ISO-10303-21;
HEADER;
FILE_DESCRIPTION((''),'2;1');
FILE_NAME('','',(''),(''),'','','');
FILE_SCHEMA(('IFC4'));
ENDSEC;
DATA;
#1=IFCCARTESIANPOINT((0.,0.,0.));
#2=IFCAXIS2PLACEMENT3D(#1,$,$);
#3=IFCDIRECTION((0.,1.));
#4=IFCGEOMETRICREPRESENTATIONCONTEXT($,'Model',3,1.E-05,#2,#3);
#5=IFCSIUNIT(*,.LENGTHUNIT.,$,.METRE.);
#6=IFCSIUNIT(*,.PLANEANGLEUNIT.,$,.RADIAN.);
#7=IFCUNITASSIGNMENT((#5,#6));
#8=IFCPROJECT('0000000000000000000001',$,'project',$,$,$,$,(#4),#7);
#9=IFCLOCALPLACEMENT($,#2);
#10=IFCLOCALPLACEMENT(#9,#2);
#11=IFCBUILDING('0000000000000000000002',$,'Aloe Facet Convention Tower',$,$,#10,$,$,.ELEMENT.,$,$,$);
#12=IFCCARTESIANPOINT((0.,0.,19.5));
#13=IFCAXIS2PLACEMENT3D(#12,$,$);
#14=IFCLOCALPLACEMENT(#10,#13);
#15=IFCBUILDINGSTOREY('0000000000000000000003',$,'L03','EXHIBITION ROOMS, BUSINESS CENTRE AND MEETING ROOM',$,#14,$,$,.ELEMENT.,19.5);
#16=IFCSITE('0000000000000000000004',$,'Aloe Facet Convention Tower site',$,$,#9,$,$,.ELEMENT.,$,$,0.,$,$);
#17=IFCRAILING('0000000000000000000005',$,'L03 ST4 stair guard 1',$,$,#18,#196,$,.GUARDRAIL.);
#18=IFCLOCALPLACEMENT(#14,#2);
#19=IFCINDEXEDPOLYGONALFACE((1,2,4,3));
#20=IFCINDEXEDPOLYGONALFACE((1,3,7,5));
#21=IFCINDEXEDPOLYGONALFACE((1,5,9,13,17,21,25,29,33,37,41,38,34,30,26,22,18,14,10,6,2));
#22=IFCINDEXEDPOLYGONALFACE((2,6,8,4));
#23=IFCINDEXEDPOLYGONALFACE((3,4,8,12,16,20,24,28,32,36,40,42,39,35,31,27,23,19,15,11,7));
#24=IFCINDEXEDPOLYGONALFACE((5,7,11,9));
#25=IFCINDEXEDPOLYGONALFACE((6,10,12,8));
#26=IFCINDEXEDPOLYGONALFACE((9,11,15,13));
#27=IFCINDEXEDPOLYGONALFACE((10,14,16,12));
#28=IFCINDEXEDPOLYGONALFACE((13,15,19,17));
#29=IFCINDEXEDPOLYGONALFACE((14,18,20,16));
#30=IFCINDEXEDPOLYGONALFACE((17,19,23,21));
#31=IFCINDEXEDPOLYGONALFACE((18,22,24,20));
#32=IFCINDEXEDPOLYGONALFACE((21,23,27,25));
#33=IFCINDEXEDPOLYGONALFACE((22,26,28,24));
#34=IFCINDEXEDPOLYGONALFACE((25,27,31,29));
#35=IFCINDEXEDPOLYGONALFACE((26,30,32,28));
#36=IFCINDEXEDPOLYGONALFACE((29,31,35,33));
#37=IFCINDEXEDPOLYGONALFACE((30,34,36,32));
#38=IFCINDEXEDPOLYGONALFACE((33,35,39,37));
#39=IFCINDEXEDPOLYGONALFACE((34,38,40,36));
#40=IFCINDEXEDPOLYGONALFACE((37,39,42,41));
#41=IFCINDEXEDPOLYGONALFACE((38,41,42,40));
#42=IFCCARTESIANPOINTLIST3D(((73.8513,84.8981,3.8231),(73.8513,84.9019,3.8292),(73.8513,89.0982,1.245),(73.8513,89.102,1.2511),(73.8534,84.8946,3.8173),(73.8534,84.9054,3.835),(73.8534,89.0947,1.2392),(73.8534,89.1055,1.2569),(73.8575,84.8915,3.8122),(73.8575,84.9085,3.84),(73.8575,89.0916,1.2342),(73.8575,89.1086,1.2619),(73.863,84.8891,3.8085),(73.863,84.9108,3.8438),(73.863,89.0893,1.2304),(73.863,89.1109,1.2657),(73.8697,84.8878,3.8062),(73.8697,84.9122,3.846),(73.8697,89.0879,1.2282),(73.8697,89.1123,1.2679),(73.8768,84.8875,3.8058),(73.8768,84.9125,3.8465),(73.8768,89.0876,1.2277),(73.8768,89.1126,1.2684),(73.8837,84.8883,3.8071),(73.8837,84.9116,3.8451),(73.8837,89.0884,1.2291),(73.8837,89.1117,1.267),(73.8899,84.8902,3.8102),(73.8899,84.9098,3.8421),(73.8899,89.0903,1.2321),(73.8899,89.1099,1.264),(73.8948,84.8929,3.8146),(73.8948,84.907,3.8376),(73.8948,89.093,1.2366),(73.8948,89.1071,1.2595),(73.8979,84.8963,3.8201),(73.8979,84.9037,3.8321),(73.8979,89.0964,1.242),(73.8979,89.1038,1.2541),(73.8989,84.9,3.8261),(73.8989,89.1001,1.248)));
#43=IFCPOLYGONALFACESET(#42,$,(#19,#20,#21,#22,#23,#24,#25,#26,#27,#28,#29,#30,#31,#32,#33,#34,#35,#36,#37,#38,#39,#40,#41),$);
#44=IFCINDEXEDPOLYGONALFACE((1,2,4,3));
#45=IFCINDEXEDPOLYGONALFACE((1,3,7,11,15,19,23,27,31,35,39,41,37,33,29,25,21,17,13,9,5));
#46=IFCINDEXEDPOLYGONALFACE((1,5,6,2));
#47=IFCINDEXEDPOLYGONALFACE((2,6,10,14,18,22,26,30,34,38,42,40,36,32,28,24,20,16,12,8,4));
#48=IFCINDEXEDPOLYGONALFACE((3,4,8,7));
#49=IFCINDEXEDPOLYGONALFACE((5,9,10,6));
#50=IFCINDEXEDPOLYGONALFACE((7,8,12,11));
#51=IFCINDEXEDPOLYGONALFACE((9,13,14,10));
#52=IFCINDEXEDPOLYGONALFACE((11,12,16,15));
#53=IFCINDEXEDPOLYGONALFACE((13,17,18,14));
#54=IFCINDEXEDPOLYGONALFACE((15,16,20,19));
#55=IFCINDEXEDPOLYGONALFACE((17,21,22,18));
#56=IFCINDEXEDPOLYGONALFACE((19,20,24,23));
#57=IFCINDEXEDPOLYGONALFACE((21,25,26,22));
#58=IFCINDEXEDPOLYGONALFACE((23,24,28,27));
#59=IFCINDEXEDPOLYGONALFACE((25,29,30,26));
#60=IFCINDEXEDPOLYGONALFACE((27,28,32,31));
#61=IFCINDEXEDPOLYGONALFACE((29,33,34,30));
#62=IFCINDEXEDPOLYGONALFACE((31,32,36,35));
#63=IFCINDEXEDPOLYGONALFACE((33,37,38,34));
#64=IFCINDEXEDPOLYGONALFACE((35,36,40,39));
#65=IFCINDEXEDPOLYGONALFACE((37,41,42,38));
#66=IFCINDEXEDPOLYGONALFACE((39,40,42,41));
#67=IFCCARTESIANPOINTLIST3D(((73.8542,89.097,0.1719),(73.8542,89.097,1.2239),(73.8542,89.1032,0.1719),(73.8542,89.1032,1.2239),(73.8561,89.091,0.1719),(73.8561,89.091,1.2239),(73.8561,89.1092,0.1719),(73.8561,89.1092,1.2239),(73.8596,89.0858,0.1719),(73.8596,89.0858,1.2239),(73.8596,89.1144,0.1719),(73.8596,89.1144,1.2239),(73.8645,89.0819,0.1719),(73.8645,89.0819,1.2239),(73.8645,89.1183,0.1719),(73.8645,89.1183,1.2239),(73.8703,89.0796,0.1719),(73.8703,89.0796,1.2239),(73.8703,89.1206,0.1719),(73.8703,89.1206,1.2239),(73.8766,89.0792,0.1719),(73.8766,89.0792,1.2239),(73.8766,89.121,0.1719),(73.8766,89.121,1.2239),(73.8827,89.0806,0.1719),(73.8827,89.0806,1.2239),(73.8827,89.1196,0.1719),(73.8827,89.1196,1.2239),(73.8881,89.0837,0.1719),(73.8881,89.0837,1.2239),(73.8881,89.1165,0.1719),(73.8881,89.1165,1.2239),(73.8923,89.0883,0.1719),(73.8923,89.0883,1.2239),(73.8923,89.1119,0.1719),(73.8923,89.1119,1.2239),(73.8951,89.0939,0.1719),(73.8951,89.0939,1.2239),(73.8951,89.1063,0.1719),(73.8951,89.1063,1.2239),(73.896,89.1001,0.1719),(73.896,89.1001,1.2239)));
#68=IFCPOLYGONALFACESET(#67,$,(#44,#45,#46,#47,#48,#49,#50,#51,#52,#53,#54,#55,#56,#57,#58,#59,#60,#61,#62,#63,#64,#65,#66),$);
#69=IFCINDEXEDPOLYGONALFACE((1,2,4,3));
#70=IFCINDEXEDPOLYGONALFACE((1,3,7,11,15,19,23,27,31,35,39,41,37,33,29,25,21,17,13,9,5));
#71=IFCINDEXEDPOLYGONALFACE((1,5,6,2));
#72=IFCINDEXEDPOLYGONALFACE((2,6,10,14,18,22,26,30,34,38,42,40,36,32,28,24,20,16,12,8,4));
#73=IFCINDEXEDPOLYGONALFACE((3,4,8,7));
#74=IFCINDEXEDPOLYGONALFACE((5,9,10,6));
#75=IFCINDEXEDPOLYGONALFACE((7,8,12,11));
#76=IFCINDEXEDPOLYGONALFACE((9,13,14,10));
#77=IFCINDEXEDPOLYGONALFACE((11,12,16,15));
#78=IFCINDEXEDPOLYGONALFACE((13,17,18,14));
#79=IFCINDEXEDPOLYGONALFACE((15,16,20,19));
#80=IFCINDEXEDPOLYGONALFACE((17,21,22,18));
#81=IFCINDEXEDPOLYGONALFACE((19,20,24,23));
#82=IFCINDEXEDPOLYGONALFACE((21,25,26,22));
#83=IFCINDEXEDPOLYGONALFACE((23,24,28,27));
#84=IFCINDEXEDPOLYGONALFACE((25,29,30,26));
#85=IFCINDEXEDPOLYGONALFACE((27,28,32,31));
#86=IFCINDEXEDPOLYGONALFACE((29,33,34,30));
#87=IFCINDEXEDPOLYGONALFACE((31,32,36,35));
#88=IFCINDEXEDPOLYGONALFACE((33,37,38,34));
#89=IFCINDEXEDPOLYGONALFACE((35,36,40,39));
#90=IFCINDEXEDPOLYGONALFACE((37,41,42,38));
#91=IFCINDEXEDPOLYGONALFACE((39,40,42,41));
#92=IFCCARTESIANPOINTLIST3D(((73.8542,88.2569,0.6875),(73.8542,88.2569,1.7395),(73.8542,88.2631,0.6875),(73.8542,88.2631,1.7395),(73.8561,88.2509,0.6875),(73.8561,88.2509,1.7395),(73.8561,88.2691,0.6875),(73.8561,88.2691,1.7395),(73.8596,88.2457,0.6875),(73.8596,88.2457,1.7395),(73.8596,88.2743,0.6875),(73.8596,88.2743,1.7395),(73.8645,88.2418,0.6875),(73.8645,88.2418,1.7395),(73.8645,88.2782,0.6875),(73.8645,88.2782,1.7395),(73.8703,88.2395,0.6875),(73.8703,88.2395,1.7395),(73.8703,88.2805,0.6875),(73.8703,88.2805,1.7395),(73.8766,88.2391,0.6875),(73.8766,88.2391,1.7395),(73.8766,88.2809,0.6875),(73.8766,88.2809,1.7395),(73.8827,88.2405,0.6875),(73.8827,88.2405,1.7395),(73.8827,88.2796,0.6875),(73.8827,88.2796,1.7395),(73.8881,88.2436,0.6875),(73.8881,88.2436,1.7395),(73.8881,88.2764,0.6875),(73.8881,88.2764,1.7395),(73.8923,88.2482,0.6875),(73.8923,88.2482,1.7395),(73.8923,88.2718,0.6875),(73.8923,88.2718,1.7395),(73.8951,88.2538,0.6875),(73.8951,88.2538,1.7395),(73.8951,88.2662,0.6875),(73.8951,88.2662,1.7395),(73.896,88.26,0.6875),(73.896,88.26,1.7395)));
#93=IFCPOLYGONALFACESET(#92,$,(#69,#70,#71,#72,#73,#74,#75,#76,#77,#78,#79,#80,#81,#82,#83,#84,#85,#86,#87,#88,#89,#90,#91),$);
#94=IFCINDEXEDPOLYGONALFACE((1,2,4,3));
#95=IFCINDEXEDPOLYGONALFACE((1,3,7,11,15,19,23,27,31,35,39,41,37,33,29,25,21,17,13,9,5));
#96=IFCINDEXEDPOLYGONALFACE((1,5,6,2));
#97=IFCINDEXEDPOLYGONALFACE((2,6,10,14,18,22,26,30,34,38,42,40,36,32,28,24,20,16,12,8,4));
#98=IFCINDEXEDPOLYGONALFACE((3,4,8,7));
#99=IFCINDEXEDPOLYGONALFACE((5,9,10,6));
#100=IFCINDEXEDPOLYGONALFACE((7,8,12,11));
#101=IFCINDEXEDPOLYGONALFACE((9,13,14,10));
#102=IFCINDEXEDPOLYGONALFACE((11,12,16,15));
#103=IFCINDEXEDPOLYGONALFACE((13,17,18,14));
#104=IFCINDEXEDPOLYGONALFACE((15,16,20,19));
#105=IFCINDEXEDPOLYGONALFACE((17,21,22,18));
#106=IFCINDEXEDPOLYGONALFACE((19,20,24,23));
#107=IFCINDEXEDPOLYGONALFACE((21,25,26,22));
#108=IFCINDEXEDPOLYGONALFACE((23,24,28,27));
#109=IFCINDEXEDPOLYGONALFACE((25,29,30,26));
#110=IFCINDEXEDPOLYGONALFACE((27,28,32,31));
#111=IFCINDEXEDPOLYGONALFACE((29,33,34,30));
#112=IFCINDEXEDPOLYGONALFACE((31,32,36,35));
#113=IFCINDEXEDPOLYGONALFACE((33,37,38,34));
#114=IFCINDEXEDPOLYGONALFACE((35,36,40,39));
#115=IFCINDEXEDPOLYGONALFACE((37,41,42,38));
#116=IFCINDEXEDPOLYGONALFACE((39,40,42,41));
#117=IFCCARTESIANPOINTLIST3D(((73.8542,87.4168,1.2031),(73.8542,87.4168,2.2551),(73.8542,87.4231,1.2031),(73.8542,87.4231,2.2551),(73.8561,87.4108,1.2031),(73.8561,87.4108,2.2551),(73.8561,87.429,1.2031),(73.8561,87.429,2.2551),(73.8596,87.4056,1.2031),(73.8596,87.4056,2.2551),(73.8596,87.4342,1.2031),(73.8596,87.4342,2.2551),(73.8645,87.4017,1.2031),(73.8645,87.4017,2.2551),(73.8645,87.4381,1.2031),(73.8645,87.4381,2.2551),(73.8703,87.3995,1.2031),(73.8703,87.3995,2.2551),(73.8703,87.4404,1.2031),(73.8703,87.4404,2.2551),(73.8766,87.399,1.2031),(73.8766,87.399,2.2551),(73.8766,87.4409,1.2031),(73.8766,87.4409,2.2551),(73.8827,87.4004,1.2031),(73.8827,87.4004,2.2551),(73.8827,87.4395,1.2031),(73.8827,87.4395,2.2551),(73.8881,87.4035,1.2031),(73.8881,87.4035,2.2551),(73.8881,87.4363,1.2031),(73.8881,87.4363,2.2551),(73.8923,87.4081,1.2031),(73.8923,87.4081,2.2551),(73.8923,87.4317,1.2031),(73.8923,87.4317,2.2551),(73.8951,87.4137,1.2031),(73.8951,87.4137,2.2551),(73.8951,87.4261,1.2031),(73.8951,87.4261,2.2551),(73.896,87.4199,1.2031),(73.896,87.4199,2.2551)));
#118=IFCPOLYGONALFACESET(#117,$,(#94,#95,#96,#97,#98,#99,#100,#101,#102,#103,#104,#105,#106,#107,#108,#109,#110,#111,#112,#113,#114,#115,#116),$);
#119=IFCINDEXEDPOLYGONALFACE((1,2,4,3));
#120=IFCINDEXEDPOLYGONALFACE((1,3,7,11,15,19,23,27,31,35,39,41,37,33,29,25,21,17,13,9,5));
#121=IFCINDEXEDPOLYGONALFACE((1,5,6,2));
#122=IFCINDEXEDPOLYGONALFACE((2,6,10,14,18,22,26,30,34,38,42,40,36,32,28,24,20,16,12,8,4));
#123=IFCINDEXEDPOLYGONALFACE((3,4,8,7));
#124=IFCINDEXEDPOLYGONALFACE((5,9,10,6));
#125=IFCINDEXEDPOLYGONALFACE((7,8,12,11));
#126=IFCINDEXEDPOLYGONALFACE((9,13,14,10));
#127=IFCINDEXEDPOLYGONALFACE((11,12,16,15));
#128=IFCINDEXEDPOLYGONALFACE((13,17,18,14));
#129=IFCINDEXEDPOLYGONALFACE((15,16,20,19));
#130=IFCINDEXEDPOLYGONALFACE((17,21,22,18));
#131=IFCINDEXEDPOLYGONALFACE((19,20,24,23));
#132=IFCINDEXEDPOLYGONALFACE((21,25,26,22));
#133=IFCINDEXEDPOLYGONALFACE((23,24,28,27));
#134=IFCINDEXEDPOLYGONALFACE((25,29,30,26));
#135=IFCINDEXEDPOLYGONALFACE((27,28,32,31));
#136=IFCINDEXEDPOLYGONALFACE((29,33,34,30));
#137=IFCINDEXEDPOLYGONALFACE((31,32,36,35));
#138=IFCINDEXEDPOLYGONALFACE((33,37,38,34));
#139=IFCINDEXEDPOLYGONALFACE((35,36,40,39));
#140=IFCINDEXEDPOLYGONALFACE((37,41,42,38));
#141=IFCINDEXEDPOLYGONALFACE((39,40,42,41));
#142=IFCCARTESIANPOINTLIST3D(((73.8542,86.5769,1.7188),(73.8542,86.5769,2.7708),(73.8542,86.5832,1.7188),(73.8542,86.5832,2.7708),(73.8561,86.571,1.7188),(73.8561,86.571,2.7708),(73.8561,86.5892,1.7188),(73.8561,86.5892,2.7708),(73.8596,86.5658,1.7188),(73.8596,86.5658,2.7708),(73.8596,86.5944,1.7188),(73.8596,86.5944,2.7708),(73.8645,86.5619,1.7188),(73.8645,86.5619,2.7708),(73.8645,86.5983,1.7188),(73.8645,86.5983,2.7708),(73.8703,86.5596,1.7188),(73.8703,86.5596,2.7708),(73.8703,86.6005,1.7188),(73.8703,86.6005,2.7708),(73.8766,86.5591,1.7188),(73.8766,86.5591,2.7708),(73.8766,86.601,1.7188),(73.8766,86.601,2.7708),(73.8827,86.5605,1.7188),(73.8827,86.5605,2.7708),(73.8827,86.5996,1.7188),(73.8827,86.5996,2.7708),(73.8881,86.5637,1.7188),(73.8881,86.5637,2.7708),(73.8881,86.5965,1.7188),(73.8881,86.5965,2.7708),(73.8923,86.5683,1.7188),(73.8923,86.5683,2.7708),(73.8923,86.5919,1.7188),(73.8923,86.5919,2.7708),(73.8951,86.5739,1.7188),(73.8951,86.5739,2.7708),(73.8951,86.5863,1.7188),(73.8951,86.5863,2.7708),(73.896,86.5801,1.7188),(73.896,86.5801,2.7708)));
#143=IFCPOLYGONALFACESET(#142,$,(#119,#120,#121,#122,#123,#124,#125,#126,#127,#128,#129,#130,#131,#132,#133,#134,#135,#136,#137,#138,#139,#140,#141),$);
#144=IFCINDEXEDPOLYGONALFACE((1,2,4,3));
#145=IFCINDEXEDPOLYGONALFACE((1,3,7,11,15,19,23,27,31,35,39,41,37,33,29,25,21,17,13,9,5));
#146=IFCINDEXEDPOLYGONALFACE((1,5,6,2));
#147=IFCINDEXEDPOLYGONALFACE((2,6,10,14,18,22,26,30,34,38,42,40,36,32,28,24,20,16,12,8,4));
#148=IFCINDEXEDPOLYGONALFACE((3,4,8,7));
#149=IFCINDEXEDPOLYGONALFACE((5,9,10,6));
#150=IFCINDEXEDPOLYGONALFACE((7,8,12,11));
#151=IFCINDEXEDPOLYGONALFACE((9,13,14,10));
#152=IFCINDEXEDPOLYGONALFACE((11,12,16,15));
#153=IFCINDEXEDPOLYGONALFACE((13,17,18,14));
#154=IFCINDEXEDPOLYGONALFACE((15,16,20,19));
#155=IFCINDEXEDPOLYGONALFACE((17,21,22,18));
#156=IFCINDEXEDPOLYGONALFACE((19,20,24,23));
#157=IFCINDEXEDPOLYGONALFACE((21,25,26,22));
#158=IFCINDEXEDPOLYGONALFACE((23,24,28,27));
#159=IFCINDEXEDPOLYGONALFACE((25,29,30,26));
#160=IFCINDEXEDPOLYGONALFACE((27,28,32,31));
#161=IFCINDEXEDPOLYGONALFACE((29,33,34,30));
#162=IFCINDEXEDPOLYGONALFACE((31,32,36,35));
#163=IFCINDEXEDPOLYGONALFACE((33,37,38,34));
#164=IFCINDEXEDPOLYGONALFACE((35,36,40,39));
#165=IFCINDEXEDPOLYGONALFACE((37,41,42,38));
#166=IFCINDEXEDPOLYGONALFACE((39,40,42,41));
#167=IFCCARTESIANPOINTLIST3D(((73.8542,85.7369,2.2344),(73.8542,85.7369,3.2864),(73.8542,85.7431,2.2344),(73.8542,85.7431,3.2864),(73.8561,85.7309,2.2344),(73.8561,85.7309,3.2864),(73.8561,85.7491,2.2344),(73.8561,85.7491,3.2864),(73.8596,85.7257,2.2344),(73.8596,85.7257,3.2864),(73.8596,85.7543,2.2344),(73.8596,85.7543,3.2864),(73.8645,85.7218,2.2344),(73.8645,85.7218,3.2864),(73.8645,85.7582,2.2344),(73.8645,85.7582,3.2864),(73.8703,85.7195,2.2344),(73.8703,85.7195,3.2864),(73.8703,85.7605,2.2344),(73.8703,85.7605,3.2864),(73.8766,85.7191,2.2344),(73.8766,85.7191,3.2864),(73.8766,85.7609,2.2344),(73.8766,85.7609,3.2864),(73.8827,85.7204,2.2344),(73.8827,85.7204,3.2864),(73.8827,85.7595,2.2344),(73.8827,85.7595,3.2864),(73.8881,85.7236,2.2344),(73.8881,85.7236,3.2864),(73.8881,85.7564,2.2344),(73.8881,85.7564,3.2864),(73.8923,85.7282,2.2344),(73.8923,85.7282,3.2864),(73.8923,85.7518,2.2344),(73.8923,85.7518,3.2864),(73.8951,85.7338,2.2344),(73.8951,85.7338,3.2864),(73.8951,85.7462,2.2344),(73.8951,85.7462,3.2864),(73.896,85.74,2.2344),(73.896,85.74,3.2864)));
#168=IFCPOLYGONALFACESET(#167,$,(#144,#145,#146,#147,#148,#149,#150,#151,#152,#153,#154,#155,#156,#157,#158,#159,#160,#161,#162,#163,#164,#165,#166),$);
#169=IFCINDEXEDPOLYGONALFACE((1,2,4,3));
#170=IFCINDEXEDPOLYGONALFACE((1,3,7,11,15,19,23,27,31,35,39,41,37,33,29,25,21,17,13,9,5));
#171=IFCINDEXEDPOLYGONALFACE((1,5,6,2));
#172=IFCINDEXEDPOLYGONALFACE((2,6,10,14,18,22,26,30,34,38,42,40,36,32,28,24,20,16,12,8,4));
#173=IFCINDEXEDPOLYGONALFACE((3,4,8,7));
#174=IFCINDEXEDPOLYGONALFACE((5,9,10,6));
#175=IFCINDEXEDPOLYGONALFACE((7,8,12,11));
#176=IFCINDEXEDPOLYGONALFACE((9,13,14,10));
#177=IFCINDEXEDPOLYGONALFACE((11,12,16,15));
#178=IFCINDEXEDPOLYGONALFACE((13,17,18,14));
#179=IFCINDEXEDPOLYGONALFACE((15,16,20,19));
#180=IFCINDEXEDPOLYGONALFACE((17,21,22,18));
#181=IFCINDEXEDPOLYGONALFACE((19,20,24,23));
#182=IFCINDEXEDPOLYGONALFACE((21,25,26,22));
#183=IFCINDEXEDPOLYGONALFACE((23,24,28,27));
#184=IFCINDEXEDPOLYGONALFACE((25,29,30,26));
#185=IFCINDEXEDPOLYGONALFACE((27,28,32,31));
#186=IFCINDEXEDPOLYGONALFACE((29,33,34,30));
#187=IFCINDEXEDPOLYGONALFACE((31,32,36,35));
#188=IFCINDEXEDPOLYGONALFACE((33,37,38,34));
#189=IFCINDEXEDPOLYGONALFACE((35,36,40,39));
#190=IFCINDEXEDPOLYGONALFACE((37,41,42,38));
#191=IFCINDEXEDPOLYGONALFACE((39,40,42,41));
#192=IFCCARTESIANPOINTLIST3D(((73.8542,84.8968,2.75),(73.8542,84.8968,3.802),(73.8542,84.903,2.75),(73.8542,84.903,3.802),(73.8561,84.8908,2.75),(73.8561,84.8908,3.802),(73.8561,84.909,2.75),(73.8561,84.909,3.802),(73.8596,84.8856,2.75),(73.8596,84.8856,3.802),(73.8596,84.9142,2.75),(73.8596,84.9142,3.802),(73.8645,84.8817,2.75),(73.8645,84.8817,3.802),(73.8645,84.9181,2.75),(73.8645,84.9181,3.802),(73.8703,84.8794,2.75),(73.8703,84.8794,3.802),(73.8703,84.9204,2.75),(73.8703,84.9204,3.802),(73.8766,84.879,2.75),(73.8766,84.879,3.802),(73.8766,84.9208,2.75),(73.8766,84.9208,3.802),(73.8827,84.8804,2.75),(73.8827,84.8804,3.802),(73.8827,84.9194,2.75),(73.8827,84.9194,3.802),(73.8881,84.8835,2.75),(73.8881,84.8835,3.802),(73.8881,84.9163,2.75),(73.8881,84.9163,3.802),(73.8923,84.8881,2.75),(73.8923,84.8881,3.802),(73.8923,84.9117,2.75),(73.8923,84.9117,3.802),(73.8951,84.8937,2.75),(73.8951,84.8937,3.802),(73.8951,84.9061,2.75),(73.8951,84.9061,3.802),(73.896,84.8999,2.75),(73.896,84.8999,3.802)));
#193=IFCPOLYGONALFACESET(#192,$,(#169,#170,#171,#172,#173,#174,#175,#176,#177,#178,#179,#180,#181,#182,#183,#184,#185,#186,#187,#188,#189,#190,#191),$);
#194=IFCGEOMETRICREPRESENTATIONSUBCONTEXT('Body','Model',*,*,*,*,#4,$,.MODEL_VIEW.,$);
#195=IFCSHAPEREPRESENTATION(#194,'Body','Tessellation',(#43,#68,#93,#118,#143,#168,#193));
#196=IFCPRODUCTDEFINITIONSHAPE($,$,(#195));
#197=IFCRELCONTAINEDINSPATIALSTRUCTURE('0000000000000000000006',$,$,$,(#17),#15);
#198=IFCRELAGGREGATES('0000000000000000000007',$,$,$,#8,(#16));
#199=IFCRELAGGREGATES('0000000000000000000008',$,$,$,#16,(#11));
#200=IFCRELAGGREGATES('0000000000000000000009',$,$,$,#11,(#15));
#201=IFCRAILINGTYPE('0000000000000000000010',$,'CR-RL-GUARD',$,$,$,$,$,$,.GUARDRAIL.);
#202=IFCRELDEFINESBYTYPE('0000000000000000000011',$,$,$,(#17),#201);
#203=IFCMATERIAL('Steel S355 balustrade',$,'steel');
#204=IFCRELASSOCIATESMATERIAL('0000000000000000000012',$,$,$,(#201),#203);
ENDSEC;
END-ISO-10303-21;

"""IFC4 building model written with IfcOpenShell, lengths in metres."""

from ifc_helpers import new_model, si_unit, direction, frame, origin, origin_2d, place, context, subcontext, project, spatial, circle, extrude, material, type_object, element, save


model = new_model("IFC4")

# Units and contexts
model_context = context("Model", 3, precision=1e-05, world=origin(), true_north=direction((0.0, 1.0)))
body_context = subcontext(model_context, "Body", "Model", "MODEL_VIEW")
ifc_project = project(units=[si_unit("LENGTHUNIT", "METRE"), si_unit("PLANEANGLEUNIT", "RADIAN")], contexts=[model_context])

# Site, building, storey
site_placement = place(None, origin())
site = spatial("IfcSite", under=ifc_project, at=site_placement, Name="Aloe Facet Convention Tower site", CompositionType="ELEMENT", RefElevation=0.0)
building_placement = place(site_placement, origin())
building = spatial("IfcBuilding", under=site, at=building_placement, Name="Aloe Facet Convention Tower", CompositionType="ELEMENT")
storey_placement = place(building_placement, frame((0.0, 0.0, 19.5)))
storey = spatial("IfcBuildingStorey", under=building, at=storey_placement, Name="L03", Description="EXHIBITION ROOMS, BUSINESS CENTRE AND MEETING ROOM", CompositionType="ELEMENT", Elevation=19.5)

# Railing
ifc_material_1 = material(Name="Steel S355 balustrade", Category="steel")
railing_type_1 = type_object("IfcRailingType", Name="CR-RL-GUARD", PredefinedType="GUARDRAIL", material=ifc_material_1)
railing_1_placement = place(storey_placement, frame((73.875, 89.1001, 0.1719)))
element("IfcRailing", 1, at=railing_1_placement, inside=storey, type_object=railing_type_1, Name="L03 ST4 stair guard 1", PredefinedType="GUARDRAIL", context=body_context, shape_type="SweptSolid", body=[
    extrude(circle(Radius=0.0239, at=origin_2d()), frame((0.0, 0.0, 1.0762), z_axis=(0.0, -0.852256, 0.523124), x_axis=(1.0, 0.0, 0.0)), (0.0, 0.0, 1.0), 4.9282),
    extrude(circle(Radius=0.021, at=origin_2d()), origin(), (0.0, 0.0, 1.0), 1.052),
    extrude(circle(Radius=0.021, at=origin_2d()), frame((0.0, -0.8401, 0.5156)), (0.0, 0.0, 1.0), 1.052),
    extrude(circle(Radius=0.021, at=origin_2d()), frame((0.0, -1.6802, 1.0312)), (0.0, 0.0, 1.0), 1.052),
    extrude(circle(Radius=0.021, at=origin_2d()), frame((0.0, -2.52, 1.5469)), (0.0, 0.0, 1.0), 1.052),
    extrude(circle(Radius=0.021, at=origin_2d()), frame((0.0, -3.3601, 2.0625)), (0.0, 0.0, 1.0), 1.052),
    extrude(circle(Radius=0.021, at=origin_2d()), frame((0.0, -4.2002, 2.5781)), (0.0, 0.0, 1.0), 1.052),
])

save(model, "model.ifc")
